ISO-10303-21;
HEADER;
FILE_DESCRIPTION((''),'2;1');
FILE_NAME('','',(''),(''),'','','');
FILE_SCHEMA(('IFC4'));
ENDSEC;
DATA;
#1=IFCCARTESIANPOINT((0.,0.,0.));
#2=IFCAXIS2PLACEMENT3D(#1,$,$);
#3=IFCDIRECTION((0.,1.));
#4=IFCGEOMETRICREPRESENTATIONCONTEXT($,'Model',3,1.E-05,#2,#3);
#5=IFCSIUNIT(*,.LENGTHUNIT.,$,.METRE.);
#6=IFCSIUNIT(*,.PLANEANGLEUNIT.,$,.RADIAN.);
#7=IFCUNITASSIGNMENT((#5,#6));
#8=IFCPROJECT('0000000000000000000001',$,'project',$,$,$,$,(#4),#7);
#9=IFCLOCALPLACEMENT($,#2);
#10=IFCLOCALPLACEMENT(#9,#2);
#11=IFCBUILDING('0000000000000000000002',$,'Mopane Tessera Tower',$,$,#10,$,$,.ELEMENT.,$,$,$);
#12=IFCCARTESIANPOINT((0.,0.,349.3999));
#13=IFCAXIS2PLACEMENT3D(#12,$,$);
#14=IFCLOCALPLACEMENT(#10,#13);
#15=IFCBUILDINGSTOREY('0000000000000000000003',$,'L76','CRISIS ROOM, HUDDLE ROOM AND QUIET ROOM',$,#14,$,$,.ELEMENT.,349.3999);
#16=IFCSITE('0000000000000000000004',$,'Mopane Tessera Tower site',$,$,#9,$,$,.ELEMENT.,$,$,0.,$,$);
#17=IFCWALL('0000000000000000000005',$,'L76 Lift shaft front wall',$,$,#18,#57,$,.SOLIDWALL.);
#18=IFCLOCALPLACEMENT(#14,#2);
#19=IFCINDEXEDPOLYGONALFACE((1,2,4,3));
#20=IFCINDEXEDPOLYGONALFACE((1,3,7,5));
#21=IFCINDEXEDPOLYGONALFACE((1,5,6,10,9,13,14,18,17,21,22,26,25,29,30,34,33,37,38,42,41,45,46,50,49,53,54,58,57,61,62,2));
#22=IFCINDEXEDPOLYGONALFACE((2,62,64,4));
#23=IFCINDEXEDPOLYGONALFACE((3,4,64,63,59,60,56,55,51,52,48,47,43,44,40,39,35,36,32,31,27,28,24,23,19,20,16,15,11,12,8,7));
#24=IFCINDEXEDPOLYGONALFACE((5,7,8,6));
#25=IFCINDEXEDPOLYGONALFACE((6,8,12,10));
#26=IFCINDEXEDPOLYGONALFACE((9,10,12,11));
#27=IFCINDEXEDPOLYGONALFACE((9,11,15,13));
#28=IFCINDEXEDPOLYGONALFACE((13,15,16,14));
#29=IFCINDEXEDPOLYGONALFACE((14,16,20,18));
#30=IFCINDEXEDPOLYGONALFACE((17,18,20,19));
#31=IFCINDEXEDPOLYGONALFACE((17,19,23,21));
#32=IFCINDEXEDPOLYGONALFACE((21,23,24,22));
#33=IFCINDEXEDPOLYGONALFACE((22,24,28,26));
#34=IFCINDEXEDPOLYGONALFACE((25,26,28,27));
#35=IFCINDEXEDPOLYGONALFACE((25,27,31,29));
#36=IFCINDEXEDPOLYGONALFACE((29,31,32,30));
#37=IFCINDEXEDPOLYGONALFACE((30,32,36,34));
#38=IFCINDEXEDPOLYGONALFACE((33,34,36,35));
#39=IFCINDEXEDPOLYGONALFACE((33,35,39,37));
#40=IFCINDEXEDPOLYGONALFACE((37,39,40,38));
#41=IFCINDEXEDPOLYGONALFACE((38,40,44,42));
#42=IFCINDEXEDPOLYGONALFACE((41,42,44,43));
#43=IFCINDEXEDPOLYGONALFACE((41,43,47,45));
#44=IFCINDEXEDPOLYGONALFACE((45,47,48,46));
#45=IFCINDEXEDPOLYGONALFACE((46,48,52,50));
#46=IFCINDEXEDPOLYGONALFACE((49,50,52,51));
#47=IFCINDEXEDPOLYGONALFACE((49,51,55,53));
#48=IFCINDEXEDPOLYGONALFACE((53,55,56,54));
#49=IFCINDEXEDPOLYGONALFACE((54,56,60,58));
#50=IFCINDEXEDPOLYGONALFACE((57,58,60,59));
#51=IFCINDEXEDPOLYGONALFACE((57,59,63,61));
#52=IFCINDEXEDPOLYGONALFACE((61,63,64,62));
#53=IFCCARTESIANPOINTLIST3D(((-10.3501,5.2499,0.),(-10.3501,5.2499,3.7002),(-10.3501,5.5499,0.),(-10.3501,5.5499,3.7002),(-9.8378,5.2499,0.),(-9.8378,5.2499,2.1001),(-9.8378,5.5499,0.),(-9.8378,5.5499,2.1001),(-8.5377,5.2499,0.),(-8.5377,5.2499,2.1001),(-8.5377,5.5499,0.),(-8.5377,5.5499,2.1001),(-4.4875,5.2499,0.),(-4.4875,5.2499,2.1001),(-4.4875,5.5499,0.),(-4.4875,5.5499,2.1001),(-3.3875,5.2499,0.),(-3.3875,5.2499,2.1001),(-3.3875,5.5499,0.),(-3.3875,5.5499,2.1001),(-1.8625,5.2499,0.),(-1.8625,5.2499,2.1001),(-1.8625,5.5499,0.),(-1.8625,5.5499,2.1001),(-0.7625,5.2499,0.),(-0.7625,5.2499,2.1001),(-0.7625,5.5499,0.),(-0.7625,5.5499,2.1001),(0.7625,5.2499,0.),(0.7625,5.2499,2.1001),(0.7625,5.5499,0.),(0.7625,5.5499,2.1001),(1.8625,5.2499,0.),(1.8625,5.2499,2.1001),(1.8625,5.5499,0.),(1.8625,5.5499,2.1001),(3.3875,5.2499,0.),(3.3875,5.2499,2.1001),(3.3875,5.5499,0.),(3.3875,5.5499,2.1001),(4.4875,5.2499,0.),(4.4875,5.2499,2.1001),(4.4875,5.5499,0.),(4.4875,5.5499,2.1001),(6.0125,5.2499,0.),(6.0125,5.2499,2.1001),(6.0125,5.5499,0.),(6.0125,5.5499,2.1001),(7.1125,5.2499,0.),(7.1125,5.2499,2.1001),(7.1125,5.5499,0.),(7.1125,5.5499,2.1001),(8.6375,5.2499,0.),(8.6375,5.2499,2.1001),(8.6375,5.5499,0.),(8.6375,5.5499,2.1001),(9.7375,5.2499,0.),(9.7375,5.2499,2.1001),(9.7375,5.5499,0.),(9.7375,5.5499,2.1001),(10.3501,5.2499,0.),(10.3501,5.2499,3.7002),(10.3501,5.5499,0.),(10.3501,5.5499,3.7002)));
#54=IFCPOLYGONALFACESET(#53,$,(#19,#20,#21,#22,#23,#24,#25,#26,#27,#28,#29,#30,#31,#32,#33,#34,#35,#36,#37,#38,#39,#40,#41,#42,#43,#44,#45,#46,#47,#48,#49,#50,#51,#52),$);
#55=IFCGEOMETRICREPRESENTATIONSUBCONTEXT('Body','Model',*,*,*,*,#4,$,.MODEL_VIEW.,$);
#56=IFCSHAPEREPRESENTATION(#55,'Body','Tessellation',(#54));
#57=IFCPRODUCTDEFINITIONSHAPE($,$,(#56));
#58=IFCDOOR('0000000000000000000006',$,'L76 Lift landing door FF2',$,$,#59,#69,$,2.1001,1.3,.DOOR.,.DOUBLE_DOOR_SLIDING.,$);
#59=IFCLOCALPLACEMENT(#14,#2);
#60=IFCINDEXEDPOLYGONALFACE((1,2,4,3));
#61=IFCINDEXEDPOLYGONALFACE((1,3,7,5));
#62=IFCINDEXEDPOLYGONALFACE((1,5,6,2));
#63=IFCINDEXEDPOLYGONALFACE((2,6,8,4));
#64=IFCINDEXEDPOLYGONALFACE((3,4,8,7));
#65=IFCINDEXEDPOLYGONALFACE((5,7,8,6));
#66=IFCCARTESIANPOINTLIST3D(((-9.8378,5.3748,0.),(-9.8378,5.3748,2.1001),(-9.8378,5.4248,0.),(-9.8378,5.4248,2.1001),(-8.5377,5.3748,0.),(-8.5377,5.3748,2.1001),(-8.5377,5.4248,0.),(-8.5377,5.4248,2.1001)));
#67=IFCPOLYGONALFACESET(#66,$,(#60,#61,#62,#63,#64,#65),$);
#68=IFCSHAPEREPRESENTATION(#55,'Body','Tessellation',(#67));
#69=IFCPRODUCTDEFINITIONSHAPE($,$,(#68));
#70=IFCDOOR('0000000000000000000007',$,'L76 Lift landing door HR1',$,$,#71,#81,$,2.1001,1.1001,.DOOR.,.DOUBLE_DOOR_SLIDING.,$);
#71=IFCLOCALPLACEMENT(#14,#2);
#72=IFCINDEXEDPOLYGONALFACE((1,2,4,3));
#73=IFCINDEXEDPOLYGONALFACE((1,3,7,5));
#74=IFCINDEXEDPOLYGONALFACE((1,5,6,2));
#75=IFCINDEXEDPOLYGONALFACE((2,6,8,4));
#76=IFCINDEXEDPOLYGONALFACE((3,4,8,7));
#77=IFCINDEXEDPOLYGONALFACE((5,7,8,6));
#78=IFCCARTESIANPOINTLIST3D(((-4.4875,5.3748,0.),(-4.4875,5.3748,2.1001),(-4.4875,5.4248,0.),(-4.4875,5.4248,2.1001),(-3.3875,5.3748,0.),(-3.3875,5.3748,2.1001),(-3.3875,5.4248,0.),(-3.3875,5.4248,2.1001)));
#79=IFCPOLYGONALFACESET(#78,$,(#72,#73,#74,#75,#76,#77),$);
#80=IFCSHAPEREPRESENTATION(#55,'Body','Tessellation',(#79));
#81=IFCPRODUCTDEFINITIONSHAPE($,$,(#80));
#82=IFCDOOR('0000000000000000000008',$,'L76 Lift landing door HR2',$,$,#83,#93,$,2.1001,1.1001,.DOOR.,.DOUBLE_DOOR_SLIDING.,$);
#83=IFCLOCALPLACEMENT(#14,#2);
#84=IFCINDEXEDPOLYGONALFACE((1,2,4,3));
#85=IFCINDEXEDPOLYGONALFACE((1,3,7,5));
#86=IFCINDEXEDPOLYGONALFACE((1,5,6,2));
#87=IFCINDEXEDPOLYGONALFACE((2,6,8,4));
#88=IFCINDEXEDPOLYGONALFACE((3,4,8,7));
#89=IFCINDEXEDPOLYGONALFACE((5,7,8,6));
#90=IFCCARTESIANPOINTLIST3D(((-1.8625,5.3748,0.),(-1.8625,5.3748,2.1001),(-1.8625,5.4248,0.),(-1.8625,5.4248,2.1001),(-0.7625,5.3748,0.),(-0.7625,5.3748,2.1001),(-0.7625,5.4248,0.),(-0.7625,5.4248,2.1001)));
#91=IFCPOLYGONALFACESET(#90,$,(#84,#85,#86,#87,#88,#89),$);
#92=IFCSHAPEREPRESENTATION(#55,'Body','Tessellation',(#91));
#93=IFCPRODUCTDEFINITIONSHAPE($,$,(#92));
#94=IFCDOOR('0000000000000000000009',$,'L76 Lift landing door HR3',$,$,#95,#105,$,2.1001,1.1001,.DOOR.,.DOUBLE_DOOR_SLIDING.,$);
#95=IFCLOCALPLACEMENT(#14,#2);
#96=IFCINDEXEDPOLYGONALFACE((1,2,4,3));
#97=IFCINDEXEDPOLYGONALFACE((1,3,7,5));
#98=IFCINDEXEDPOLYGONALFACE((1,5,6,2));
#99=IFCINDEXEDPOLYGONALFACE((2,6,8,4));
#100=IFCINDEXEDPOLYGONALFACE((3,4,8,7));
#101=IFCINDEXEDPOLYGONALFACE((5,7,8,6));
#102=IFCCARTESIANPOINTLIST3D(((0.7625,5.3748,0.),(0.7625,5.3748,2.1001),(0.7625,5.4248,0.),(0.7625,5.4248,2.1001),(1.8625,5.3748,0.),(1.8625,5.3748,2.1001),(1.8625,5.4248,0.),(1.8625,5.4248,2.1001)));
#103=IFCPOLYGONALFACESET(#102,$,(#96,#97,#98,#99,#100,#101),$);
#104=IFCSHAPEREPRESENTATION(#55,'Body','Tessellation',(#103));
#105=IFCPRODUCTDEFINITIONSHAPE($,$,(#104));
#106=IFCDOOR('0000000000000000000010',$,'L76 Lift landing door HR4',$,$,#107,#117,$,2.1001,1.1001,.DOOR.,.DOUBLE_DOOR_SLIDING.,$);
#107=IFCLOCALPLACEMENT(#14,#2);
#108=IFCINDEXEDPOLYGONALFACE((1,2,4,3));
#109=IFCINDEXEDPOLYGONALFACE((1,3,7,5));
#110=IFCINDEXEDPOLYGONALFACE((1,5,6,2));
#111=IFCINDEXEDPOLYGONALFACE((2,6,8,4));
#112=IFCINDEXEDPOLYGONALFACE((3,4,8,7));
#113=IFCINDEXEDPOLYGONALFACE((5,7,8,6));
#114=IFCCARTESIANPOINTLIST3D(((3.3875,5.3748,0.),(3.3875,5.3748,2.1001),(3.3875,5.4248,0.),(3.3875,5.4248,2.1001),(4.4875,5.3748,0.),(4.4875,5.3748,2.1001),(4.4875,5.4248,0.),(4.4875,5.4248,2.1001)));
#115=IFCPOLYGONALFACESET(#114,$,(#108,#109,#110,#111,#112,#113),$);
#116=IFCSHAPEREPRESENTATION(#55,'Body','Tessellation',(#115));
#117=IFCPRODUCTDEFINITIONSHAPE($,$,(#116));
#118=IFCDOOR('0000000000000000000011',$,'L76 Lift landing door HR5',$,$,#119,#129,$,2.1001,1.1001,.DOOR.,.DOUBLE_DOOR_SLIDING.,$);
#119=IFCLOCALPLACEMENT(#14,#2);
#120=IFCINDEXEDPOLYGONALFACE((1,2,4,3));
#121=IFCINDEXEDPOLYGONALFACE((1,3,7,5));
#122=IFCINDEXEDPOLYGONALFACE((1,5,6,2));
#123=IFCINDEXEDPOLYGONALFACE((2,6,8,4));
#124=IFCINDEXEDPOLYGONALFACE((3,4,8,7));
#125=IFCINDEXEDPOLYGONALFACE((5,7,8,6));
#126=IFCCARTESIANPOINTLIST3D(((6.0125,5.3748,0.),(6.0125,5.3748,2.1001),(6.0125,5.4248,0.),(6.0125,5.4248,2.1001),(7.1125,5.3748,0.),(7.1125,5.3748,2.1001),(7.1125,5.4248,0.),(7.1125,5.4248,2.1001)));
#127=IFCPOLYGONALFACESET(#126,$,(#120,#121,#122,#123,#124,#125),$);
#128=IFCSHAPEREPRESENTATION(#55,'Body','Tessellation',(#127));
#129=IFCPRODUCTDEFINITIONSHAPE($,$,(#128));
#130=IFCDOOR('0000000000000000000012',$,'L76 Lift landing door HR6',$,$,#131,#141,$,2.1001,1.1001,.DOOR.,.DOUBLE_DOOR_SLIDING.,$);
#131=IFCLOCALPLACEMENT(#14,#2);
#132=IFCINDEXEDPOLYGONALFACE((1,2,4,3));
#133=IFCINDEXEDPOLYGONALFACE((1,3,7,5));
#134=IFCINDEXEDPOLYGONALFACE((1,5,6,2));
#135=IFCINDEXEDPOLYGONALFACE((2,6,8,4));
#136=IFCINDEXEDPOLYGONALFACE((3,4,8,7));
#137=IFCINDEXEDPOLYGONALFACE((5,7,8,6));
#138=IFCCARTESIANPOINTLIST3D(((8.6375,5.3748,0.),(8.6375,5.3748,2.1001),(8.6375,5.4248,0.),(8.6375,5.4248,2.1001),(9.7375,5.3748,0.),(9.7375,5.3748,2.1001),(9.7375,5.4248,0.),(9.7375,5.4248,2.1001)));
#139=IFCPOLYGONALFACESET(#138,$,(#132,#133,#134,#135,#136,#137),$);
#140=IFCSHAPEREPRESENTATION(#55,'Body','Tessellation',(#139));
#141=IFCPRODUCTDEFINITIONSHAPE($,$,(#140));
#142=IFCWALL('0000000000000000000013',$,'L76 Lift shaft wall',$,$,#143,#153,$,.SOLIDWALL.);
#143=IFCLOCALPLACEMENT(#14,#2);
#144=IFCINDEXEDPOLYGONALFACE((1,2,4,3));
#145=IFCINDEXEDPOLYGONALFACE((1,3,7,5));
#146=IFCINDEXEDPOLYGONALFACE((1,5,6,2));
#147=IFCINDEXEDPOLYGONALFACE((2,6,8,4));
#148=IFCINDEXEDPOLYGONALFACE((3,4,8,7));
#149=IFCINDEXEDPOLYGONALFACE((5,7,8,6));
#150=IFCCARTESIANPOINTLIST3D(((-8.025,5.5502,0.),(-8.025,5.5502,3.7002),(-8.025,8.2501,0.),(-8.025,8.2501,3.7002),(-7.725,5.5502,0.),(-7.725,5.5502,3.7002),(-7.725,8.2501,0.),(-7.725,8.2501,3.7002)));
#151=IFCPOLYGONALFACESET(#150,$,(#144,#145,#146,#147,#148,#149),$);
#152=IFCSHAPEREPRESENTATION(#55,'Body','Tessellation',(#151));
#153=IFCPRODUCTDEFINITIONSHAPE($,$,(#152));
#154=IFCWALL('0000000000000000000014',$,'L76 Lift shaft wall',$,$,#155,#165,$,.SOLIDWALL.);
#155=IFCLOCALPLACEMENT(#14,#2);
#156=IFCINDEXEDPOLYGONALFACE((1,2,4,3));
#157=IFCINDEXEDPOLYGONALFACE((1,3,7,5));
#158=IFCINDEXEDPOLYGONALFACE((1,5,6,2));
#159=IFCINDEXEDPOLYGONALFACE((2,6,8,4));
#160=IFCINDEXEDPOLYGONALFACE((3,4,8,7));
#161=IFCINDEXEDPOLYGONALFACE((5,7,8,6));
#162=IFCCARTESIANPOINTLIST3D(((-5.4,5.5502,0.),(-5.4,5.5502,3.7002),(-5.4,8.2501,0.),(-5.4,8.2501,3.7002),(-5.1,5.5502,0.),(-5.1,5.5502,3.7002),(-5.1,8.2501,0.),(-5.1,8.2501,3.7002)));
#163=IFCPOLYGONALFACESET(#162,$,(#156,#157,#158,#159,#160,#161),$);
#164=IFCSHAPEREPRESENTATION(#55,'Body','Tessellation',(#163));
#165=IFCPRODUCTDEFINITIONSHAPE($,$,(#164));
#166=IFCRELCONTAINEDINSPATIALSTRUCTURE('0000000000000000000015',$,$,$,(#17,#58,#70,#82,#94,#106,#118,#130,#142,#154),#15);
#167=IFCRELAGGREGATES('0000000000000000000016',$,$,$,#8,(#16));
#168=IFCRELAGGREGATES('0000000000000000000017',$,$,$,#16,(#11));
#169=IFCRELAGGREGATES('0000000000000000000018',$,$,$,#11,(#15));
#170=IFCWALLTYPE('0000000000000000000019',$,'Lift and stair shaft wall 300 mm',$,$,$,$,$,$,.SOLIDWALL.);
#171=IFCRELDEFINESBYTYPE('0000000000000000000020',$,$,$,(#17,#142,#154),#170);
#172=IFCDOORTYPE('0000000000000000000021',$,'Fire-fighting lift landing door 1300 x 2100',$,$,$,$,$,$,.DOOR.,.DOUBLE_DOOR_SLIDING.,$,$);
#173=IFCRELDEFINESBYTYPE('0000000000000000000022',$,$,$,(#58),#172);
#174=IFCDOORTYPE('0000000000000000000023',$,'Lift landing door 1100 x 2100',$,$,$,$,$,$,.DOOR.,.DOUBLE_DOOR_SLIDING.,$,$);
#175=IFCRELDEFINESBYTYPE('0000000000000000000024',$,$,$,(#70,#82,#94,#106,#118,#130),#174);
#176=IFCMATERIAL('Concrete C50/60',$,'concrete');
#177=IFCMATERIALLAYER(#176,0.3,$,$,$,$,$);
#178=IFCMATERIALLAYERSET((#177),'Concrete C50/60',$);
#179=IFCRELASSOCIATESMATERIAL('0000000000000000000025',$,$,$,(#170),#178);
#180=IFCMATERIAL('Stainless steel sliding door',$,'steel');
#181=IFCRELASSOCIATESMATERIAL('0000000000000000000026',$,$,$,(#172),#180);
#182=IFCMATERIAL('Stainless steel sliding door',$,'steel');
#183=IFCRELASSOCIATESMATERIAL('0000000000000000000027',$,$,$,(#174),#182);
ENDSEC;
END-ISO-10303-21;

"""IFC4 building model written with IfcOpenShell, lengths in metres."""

from ifc_helpers import new_model, si_unit, direction, frame, frame_2d, origin, place, context, subcontext, project, spatial, rectangle, extrude, material, layer, layer_set, type_object, element, fill, save


model = new_model("IFC4")

# Units and contexts
model_context = context("Model", 3, precision=1e-05, world=origin(), true_north=direction((0.0, 1.0)))
body_context = subcontext(model_context, "Body", "Model", "MODEL_VIEW")
ifc_project = project(units=[si_unit("LENGTHUNIT", "METRE"), si_unit("PLANEANGLEUNIT", "RADIAN")], contexts=[model_context])

# Site, building, storey
site_placement = place(None, origin())
site = spatial("IfcSite", under=ifc_project, at=site_placement, Name="Mopane Tessera Tower site", CompositionType="ELEMENT", RefElevation=0.0)
building_placement = place(site_placement, origin())
building = spatial("IfcBuilding", under=site, at=building_placement, Name="Mopane Tessera Tower", CompositionType="ELEMENT")
storey_placement = place(building_placement, frame((0.0, 0.0, 349.3999)))
storey = spatial("IfcBuildingStorey", under=building, at=storey_placement, Name="L76", Description="CRISIS ROOM, HUDDLE ROOM AND QUIET ROOM", CompositionType="ELEMENT", Elevation=349.3999)

# Wall, openings, doors
ifc_material_1 = material(Name="Concrete C50/60", Category="concrete")
ifc_layer_1 = layer(ifc_material_1, 0.3)
ifc_layer_set_1 = layer_set([ifc_layer_1], Name="Concrete C50/60")
wall_type_1 = type_object("IfcWallType", Name="Lift and stair shaft wall 300 mm", PredefinedType="SOLIDWALL", material=ifc_layer_set_1)
ifc_material_2 = material(Name="Stainless steel sliding door", Category="steel")
door_type_1 = type_object("IfcDoorType", Name="Fire-fighting lift landing door 1300 x 2100", OperationType="DOUBLE_DOOR_SLIDING", PredefinedType="DOOR", material=ifc_material_2)
wall_1_placement = place(storey_placement, frame((-10.3501, 5.3999, 0.0), z_axis=(0.0, 0.0, 1.0), x_axis=(1.0, 0.0, 0.0)))
wall_1 = element("IfcWall", 1, at=wall_1_placement, inside=storey, type_object=wall_type_1, Name="L76 Lift shaft front wall", PredefinedType="SOLIDWALL", context=body_context, shape_type="SweptSolid", body=[
    extrude(rectangle(XDim=20.7002, YDim=0.3, at=frame_2d((10.3501, 0.0))), origin(), (0.0, 0.0, 1.0), 3.7002),
])
opening_1_placement = place(wall_1_placement, frame((0.5125, 0.0, 0.0)))
opening_1 = element("IfcOpeningElement", 2, at=opening_1_placement, cuts=wall_1, PredefinedType="OPENING", context=body_context, shape_type="SweptSolid", body=[
    extrude(rectangle(XDim=1.3, YDim=2.1001, at=frame_2d((0.6499, 1.05))), frame((0.0, 0.1621, 0.0), z_axis=(0.0, -1.0, 0.0), x_axis=(1.0, 0.0, 0.0)), (0.0, 0.0, 1.0), 0.324),
])
opening_2_placement = place(wall_1_placement, frame((5.8625, 0.0, 0.0)))
opening_2 = element("IfcOpeningElement", 3, at=opening_2_placement, cuts=wall_1, PredefinedType="OPENING", context=body_context, shape_type="SweptSolid", body=[
    extrude(rectangle(XDim=1.1001, YDim=2.1001, at=frame_2d((0.55, 1.05))), frame((0.0, 0.1621, 0.0), z_axis=(0.0, -1.0, 0.0), x_axis=(1.0, 0.0, 0.0)), (0.0, 0.0, 1.0), 0.324),
])
opening_3_placement = place(wall_1_placement, frame((8.4875, 0.0, 0.0)))
opening_3 = element("IfcOpeningElement", 4, at=opening_3_placement, cuts=wall_1, PredefinedType="OPENING", context=body_context, shape_type="SweptSolid", body=[
    extrude(rectangle(XDim=1.1001, YDim=2.1001, at=frame_2d((0.55, 1.05))), frame((0.0, 0.1621, 0.0), z_axis=(0.0, -1.0, 0.0), x_axis=(1.0, 0.0, 0.0)), (0.0, 0.0, 1.0), 0.324),
])
opening_4_placement = place(wall_1_placement, frame((11.1125, 0.0, 0.0)))
opening_4 = element("IfcOpeningElement", 5, at=opening_4_placement, cuts=wall_1, PredefinedType="OPENING", context=body_context, shape_type="SweptSolid", body=[
    extrude(rectangle(XDim=1.1001, YDim=2.1001, at=frame_2d((0.55, 1.05))), frame((0.0, 0.1621, 0.0), z_axis=(0.0, -1.0, 0.0), x_axis=(1.0, 0.0, 0.0)), (0.0, 0.0, 1.0), 0.324),
])
opening_5_placement = place(wall_1_placement, frame((13.7375, 0.0, 0.0)))
opening_5 = element("IfcOpeningElement", 6, at=opening_5_placement, cuts=wall_1, PredefinedType="OPENING", context=body_context, shape_type="SweptSolid", body=[
    extrude(rectangle(XDim=1.1001, YDim=2.1001, at=frame_2d((0.55, 1.05))), frame((0.0, 0.1621, 0.0), z_axis=(0.0, -1.0, 0.0), x_axis=(1.0, 0.0, 0.0)), (0.0, 0.0, 1.0), 0.324),
])
opening_6_placement = place(wall_1_placement, frame((16.3625, 0.0, 0.0)))
opening_6 = element("IfcOpeningElement", 7, at=opening_6_placement, cuts=wall_1, PredefinedType="OPENING", context=body_context, shape_type="SweptSolid", body=[
    extrude(rectangle(XDim=1.1001, YDim=2.1001, at=frame_2d((0.55, 1.05))), frame((0.0, 0.1621, 0.0), z_axis=(0.0, -1.0, 0.0), x_axis=(1.0, 0.0, 0.0)), (0.0, 0.0, 1.0), 0.324),
])
opening_7_placement = place(wall_1_placement, frame((18.9875, 0.0, 0.0)))
opening_7 = element("IfcOpeningElement", 8, at=opening_7_placement, cuts=wall_1, PredefinedType="OPENING", context=body_context, shape_type="SweptSolid", body=[
    extrude(rectangle(XDim=1.1001, YDim=2.1001, at=frame_2d((0.55, 1.05))), frame((0.0, 0.1621, 0.0), z_axis=(0.0, -1.0, 0.0), x_axis=(1.0, 0.0, 0.0)), (0.0, 0.0, 1.0), 0.324),
])
door_1_placement = place(opening_1_placement, origin())
door_1 = element("IfcDoor", 9, at=door_1_placement, inside=storey, type_object=door_type_1, Name="L76 Lift landing door FF2", OperationType="DOUBLE_DOOR_SLIDING", OverallHeight=2.1001, OverallWidth=1.3, PredefinedType="DOOR", context=body_context, shape_type="SweptSolid", body=[
    extrude(rectangle(XDim=1.3, YDim=2.1001, at=frame_2d((0.6499, 1.05))), frame((0.0, 0.0249, 0.0), z_axis=(0.0, -1.0, 0.0), x_axis=(1.0, 0.0, 0.0)), (0.0, 0.0, 1.0), 0.05),
])
fill(opening_1, door_1)
ifc_material_3 = material(Name="Stainless steel sliding door", Category="steel")
door_type_2 = type_object("IfcDoorType", Name="Lift landing door 1100 x 2100", OperationType="DOUBLE_DOOR_SLIDING", PredefinedType="DOOR", material=ifc_material_3)
door_2_placement = place(opening_2_placement, origin())
door_2 = element("IfcDoor", 10, at=door_2_placement, inside=storey, type_object=door_type_2, Name="L76 Lift landing door HR1", OperationType="DOUBLE_DOOR_SLIDING", OverallHeight=2.1001, OverallWidth=1.1001, PredefinedType="DOOR", context=body_context, shape_type="SweptSolid", body=[
    extrude(rectangle(XDim=1.1001, YDim=2.1001, at=frame_2d((0.55, 1.05))), frame((0.0, 0.0249, 0.0), z_axis=(0.0, -1.0, 0.0), x_axis=(1.0, 0.0, 0.0)), (0.0, 0.0, 1.0), 0.05),
])
fill(opening_2, door_2)
door_3_placement = place(opening_3_placement, origin())
door_3 = element("IfcDoor", 11, at=door_3_placement, inside=storey, type_object=door_type_2, Name="L76 Lift landing door HR2", OperationType="DOUBLE_DOOR_SLIDING", OverallHeight=2.1001, OverallWidth=1.1001, PredefinedType="DOOR", context=body_context, shape_type="SweptSolid", body=[
    extrude(rectangle(XDim=1.1001, YDim=2.1001, at=frame_2d((0.55, 1.05))), frame((0.0, 0.0249, 0.0), z_axis=(0.0, -1.0, 0.0), x_axis=(1.0, 0.0, 0.0)), (0.0, 0.0, 1.0), 0.05),
])
fill(opening_3, door_3)
door_4_placement = place(opening_4_placement, origin())
door_4 = element("IfcDoor", 12, at=door_4_placement, inside=storey, type_object=door_type_2, Name="L76 Lift landing door HR3", OperationType="DOUBLE_DOOR_SLIDING", OverallHeight=2.1001, OverallWidth=1.1001, PredefinedType="DOOR", context=body_context, shape_type="SweptSolid", body=[
    extrude(rectangle(XDim=1.1001, YDim=2.1001, at=frame_2d((0.55, 1.05))), frame((0.0, 0.0249, 0.0), z_axis=(0.0, -1.0, 0.0), x_axis=(1.0, 0.0, 0.0)), (0.0, 0.0, 1.0), 0.05),
])
fill(opening_4, door_4)
door_5_placement = place(opening_5_placement, origin())
door_5 = element("IfcDoor", 13, at=door_5_placement, inside=storey, type_object=door_type_2, Name="L76 Lift landing door HR4", OperationType="DOUBLE_DOOR_SLIDING", OverallHeight=2.1001, OverallWidth=1.1001, PredefinedType="DOOR", context=body_context, shape_type="SweptSolid", body=[
    extrude(rectangle(XDim=1.1001, YDim=2.1001, at=frame_2d((0.55, 1.05))), frame((0.0, 0.0249, 0.0), z_axis=(0.0, -1.0, 0.0), x_axis=(1.0, 0.0, 0.0)), (0.0, 0.0, 1.0), 0.05),
])
fill(opening_5, door_5)
door_6_placement = place(opening_6_placement, origin())
door_6 = element("IfcDoor", 14, at=door_6_placement, inside=storey, type_object=door_type_2, Name="L76 Lift landing door HR5", OperationType="DOUBLE_DOOR_SLIDING", OverallHeight=2.1001, OverallWidth=1.1001, PredefinedType="DOOR", context=body_context, shape_type="SweptSolid", body=[
    extrude(rectangle(XDim=1.1001, YDim=2.1001, at=frame_2d((0.55, 1.05))), frame((0.0, 0.0249, 0.0), z_axis=(0.0, -1.0, 0.0), x_axis=(1.0, 0.0, 0.0)), (0.0, 0.0, 1.0), 0.05),
])
fill(opening_6, door_6)
door_7_placement = place(opening_7_placement, origin())
door_7 = element("IfcDoor", 15, at=door_7_placement, inside=storey, type_object=door_type_2, Name="L76 Lift landing door HR6", OperationType="DOUBLE_DOOR_SLIDING", OverallHeight=2.1001, OverallWidth=1.1001, PredefinedType="DOOR", context=body_context, shape_type="SweptSolid", body=[
    extrude(rectangle(XDim=1.1001, YDim=2.1001, at=frame_2d((0.55, 1.05))), frame((0.0, 0.0249, 0.0), z_axis=(0.0, -1.0, 0.0), x_axis=(1.0, 0.0, 0.0)), (0.0, 0.0, 1.0), 0.05),
])
fill(opening_7, door_7)

# Walls
for number, where, z_axis, x_axis, name in (
    (16, (-7.875, 5.55, 0.0), (0.0, 0.0, 1.0), (0.0, 1.0, 0.0), "L76 Lift shaft wall"),
    (17, (-5.25, 5.55, 0.0), (0.0, 0.0, 1.0), (0.0, 1.0, 0.0), "L76 Lift shaft wall"),
):
    element("IfcWall", number, at=place(storey_placement, frame(where, z_axis=z_axis, x_axis=x_axis)), inside=storey, type_object=wall_type_1, Name=name, PredefinedType="SOLIDWALL", context=body_context, shape_type="SweptSolid", body=[
        extrude(rectangle(XDim=2.7, YDim=0.3, at=frame_2d((1.3501, 0.0))), origin(), (0.0, 0.0, 1.0), 3.7002),
    ])

save(model, "model.ifc")
